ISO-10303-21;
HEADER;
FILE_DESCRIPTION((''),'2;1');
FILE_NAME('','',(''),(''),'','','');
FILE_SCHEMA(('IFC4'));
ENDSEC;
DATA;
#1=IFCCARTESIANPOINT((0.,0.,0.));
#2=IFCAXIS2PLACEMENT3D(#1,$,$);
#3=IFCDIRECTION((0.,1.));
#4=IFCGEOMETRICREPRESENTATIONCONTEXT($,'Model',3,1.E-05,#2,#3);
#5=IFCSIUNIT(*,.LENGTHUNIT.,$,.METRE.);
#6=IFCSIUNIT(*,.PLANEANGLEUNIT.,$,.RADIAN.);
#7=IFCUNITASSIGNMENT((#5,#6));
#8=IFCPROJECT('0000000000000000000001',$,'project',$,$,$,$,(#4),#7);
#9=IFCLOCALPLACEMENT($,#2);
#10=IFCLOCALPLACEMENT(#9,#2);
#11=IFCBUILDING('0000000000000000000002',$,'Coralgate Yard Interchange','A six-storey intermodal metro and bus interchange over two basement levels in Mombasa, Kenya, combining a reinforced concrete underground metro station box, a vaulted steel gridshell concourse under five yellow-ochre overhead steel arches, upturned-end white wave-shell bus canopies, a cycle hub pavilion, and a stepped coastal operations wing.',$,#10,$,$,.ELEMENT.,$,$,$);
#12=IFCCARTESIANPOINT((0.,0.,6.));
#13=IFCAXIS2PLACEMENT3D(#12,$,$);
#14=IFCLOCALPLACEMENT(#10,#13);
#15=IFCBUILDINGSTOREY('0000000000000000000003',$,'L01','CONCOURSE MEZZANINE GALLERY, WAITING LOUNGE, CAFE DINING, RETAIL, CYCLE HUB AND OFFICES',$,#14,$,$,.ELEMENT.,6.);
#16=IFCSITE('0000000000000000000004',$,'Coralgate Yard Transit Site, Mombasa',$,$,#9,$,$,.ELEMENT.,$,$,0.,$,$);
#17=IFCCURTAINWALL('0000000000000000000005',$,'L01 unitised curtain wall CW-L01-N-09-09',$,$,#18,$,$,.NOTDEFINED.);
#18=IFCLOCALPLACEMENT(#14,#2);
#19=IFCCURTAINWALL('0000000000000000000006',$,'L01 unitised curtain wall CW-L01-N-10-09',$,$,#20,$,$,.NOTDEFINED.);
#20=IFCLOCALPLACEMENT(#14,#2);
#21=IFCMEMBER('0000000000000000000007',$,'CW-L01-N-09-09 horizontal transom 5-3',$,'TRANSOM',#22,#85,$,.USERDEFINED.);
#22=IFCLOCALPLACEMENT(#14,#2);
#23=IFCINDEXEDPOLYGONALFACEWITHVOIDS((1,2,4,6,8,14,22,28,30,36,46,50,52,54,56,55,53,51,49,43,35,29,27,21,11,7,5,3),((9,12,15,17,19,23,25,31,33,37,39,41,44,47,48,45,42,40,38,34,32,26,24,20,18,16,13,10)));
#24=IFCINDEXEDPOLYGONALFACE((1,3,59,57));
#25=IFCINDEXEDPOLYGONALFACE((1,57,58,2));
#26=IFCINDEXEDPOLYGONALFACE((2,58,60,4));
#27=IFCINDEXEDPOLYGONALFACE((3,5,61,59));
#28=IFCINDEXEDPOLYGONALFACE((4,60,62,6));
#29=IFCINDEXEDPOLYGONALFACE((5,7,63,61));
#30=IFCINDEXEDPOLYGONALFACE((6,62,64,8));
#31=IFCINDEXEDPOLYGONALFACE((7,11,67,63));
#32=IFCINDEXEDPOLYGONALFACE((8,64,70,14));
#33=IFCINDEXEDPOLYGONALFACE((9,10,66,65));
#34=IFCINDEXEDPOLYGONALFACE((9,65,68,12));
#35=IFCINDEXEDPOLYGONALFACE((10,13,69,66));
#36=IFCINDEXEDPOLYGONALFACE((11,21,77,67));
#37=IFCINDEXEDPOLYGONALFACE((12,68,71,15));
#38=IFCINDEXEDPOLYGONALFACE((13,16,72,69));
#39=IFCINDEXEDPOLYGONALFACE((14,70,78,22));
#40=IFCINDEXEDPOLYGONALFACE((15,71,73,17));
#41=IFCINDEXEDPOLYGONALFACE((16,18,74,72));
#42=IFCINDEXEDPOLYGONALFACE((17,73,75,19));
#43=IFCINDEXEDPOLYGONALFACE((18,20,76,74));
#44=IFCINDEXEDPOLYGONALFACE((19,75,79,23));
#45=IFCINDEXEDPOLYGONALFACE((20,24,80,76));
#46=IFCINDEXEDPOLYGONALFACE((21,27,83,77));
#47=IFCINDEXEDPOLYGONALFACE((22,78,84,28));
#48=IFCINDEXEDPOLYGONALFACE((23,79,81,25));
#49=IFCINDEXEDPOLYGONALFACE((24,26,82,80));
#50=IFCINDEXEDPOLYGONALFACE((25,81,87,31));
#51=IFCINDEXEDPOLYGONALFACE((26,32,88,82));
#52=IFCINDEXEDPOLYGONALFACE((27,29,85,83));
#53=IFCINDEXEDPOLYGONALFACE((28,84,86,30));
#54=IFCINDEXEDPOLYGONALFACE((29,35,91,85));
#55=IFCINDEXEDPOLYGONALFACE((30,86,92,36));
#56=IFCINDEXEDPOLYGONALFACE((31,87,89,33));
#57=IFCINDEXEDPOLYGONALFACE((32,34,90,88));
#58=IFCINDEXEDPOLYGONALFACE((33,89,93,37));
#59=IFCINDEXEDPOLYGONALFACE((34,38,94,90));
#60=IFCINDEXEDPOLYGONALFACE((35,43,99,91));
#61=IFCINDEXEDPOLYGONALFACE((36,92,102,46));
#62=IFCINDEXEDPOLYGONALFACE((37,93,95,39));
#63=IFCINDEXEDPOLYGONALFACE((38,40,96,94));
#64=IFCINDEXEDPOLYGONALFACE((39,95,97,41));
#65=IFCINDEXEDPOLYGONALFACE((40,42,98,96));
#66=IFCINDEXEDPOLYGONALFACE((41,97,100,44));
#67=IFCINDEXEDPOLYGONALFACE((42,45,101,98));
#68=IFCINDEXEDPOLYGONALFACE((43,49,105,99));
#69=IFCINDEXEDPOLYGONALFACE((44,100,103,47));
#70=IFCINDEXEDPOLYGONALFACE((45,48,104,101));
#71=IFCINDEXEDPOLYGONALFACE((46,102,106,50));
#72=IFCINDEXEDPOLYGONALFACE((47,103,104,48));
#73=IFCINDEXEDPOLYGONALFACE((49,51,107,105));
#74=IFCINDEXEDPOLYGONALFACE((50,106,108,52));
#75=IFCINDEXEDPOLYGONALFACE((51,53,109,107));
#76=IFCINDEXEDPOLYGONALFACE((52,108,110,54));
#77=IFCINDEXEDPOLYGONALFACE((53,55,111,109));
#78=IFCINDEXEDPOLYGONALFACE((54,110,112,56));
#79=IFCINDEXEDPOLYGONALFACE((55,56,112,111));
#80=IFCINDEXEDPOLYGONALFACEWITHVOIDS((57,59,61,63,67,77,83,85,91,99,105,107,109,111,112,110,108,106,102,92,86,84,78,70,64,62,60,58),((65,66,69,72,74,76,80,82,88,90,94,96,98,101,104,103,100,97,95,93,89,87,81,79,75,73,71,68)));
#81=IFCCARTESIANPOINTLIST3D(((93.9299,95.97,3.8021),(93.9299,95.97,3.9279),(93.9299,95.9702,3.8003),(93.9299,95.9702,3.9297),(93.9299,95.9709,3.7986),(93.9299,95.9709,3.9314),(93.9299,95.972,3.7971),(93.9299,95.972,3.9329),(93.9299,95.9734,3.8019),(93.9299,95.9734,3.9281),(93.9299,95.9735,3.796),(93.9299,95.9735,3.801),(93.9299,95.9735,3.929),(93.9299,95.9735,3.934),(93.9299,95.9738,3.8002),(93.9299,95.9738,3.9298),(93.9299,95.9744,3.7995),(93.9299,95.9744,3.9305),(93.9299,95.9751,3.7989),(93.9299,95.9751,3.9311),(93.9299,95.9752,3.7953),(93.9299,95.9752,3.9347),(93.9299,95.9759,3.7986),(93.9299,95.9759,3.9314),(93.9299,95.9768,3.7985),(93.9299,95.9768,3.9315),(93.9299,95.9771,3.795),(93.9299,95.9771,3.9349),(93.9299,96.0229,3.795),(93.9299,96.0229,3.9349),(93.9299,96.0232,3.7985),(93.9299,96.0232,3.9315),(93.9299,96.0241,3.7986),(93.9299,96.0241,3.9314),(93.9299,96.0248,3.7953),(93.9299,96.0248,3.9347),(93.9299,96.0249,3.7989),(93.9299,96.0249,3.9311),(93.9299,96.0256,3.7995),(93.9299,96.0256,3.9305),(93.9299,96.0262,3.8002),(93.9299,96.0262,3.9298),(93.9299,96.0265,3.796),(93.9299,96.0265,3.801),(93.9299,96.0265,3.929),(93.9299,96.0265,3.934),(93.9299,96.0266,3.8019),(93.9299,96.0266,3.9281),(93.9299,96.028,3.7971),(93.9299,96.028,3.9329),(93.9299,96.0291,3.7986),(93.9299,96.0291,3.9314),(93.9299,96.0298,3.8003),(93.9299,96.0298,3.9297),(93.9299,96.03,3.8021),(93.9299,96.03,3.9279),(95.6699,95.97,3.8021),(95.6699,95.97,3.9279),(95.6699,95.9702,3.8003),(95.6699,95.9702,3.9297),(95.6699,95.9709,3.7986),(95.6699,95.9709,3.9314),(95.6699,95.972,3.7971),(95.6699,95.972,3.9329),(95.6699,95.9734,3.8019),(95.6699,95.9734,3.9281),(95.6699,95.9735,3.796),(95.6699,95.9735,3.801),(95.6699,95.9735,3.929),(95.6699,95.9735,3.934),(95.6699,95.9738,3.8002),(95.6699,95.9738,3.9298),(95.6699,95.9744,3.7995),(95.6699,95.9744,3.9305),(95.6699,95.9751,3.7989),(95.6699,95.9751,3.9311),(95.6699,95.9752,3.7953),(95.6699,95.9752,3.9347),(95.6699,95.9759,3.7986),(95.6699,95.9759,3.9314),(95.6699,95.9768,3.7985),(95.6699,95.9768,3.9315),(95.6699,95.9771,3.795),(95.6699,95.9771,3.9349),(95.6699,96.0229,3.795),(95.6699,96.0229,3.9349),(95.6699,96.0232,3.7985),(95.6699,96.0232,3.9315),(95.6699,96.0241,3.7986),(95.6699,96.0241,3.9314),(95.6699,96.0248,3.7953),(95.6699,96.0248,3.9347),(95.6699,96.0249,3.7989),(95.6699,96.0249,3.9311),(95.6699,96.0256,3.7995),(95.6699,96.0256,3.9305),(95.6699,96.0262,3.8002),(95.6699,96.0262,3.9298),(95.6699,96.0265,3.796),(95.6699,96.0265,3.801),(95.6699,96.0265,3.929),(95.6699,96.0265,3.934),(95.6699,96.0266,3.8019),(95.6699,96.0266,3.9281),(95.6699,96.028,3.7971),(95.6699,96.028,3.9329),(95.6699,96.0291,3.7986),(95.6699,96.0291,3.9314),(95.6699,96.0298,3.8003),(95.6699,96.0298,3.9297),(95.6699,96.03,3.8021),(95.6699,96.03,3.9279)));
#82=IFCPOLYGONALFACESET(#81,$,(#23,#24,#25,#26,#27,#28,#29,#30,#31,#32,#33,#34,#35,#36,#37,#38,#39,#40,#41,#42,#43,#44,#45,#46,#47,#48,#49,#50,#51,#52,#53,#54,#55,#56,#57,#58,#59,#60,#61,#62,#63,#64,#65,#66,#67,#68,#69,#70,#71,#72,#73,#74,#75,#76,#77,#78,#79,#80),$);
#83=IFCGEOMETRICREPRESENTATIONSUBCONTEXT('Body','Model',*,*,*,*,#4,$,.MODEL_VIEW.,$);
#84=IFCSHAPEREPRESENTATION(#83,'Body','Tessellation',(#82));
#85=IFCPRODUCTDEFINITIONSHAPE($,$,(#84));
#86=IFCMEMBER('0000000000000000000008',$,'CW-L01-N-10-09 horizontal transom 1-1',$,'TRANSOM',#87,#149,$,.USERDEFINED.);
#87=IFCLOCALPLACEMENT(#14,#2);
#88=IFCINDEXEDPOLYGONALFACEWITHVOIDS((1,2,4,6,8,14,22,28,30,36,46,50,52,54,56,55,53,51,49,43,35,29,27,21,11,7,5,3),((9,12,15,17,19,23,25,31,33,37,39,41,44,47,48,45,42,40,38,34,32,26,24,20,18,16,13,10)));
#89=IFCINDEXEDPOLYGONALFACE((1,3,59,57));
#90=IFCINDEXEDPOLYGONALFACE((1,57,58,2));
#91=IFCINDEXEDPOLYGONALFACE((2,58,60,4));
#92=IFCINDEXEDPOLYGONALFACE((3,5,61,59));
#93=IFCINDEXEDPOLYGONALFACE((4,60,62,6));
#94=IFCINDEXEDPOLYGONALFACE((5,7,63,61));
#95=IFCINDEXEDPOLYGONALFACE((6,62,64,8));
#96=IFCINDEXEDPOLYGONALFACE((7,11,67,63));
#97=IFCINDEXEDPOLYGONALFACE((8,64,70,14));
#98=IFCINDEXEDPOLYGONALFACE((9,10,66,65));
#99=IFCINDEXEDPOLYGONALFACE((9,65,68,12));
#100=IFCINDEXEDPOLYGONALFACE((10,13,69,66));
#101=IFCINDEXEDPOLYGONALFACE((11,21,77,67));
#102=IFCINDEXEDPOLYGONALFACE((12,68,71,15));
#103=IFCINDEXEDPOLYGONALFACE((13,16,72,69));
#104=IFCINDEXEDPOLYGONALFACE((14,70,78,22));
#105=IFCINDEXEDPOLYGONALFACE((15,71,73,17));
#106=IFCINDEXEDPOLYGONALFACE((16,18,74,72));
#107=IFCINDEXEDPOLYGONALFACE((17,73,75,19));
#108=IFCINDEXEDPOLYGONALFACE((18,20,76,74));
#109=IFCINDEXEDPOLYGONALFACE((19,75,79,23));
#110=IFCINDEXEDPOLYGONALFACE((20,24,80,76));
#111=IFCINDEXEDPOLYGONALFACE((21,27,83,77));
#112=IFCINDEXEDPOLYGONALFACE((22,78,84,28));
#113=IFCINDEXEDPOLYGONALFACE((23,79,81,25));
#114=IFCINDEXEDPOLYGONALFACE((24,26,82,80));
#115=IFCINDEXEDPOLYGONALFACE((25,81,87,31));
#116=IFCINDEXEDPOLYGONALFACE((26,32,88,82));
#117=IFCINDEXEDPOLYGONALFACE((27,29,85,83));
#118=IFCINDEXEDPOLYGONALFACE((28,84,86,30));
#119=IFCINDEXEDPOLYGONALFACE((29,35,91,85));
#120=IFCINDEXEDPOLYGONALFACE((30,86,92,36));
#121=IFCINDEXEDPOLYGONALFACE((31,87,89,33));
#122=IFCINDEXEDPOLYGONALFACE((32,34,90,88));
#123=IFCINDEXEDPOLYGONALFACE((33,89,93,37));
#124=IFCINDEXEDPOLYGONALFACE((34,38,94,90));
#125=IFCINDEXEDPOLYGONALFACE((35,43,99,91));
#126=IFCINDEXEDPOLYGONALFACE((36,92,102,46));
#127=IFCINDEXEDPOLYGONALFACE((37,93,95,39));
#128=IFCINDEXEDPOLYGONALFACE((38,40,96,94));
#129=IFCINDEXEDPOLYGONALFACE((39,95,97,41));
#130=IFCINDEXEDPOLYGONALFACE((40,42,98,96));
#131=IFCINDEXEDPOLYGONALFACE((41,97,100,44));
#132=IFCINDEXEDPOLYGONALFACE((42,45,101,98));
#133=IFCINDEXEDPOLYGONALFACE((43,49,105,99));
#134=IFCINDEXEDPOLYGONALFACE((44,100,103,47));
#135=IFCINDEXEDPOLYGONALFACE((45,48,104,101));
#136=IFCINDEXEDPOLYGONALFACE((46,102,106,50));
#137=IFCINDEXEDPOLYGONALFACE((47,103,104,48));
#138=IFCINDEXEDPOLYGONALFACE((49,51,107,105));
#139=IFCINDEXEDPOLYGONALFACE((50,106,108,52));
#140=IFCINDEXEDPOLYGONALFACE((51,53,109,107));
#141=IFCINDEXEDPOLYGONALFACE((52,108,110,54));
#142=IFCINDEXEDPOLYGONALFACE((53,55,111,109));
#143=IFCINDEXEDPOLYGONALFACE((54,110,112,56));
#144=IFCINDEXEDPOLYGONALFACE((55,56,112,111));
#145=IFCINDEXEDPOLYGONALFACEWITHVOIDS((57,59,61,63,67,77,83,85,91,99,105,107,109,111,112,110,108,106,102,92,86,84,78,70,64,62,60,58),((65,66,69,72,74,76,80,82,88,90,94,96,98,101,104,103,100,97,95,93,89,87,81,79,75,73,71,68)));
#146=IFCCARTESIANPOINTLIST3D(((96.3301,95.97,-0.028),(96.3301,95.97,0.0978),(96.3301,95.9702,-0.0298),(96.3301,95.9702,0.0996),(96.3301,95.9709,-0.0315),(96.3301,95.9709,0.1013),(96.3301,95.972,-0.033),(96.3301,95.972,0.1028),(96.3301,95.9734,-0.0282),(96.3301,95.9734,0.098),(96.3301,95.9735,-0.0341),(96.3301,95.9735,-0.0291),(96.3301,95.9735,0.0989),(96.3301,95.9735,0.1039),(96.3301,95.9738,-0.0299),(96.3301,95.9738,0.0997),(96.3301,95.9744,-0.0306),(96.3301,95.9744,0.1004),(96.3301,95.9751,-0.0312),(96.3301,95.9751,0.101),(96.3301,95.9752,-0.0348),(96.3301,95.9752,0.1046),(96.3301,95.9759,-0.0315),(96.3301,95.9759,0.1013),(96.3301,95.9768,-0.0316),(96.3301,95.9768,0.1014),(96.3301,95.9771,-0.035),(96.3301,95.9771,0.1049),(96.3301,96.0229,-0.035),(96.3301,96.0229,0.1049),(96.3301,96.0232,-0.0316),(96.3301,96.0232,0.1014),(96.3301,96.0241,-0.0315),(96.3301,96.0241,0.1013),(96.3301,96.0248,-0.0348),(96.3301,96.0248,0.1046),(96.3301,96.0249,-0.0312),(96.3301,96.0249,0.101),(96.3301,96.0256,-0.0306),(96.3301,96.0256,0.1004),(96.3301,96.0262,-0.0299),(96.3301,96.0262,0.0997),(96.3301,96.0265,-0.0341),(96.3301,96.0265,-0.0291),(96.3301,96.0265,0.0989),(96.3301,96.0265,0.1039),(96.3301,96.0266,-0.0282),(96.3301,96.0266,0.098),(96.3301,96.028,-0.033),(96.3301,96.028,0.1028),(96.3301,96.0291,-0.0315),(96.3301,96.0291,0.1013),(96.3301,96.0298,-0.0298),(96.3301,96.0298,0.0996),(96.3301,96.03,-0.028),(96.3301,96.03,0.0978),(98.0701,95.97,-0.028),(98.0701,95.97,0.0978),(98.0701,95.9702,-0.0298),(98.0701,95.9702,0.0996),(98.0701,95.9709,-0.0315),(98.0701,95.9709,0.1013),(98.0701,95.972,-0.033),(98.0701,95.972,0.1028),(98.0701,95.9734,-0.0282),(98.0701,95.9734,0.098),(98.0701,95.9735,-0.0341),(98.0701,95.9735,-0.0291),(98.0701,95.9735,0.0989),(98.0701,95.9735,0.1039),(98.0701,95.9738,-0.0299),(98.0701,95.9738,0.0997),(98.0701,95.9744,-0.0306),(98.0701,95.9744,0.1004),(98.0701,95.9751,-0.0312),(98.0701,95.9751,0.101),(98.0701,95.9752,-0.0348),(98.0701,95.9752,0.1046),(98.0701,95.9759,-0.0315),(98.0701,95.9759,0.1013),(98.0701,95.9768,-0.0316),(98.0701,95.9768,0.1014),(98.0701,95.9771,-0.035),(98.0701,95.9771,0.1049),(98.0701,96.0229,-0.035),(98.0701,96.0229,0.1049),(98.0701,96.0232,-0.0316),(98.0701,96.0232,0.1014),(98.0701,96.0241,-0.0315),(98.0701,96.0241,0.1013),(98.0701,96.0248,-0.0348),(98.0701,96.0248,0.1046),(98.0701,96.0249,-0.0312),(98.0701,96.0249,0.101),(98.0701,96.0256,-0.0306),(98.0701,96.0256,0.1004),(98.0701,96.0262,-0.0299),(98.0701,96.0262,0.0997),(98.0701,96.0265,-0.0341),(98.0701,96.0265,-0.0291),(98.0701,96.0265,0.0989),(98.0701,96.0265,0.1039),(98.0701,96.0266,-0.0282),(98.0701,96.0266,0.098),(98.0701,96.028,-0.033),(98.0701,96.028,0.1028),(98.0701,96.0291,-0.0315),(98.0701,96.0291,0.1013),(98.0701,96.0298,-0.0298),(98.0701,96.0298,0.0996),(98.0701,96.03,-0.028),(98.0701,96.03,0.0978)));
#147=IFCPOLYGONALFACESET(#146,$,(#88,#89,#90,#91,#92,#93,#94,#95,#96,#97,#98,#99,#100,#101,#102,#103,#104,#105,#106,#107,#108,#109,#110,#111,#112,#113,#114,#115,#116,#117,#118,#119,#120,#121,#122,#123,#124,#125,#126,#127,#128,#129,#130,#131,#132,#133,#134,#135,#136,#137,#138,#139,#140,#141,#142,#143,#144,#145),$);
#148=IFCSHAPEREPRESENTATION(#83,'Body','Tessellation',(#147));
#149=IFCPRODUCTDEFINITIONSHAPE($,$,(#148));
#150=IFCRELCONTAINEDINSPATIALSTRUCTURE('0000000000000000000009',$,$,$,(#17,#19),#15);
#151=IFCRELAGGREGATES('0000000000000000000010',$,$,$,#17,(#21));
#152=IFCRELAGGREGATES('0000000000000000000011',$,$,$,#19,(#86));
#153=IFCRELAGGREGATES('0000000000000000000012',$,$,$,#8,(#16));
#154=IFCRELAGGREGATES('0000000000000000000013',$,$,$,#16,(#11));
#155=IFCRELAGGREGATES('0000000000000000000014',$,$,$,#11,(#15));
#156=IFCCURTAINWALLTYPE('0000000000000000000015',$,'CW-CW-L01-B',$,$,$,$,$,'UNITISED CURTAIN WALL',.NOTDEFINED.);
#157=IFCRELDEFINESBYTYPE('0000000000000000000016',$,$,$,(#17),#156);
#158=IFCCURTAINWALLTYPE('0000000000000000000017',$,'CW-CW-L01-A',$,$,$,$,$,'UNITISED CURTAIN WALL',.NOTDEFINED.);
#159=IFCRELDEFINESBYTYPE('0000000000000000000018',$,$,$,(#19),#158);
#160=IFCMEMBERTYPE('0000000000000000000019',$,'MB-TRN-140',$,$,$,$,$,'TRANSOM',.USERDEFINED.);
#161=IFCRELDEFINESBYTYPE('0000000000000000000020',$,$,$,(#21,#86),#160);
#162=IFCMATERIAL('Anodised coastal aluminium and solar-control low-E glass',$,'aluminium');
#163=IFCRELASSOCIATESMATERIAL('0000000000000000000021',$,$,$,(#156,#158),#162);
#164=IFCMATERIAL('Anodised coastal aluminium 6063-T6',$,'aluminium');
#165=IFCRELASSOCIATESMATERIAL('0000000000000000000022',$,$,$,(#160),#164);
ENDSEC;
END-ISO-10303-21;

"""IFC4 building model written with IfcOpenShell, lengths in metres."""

from ifc_helpers import new_model, si_unit, direction, frame, origin, origin_2d, place, context, subcontext, project, spatial, hollow_rectangle, extrude, material, material_profile, profile_set, type_object, element, aggregate, save


model = new_model("IFC4")

# Units and contexts
model_context = context("Model", 3, precision=1e-05, world=origin(), true_north=direction((0.0, 1.0)))
body_context = subcontext(model_context, "Body", "Model", "MODEL_VIEW")
ifc_project = project(units=[si_unit("LENGTHUNIT", "METRE"), si_unit("PLANEANGLEUNIT", "RADIAN")], contexts=[model_context])

# Site, building, storey
site_placement = place(None, origin())
site = spatial("IfcSite", under=ifc_project, at=site_placement, Name="Coralgate Yard Transit Site, Mombasa", CompositionType="ELEMENT", RefElevation=0.0)
building_placement = place(site_placement, origin())
building = spatial("IfcBuilding", under=site, at=building_placement, Name="Coralgate Yard Interchange", Description="A six-storey intermodal metro and bus interchange over two basement levels in Mombasa, Kenya, combining a reinforced concrete underground metro station box, a vaulted steel gridshell concourse under five yellow-ochre overhead steel arches, upturned-end white wave-shell bus canopies, a cycle hub pavilion, and a stepped coastal operations wing.", CompositionType="ELEMENT")
storey_placement = place(building_placement, frame((0.0, 0.0, 6.0)))
storey = spatial("IfcBuildingStorey", under=building, at=storey_placement, Name="L01", Description="CONCOURSE MEZZANINE GALLERY, WAITING LOUNGE, CAFE DINING, RETAIL, CYCLE HUB AND OFFICES", CompositionType="ELEMENT", Elevation=6.0)

# Curtain walls
ifc_material_1 = material(Name="Anodised coastal aluminium and solar-control low-E glass", Category="aluminium")
curtain_wall_type_1 = type_object("IfcCurtainWallType", Name="CW-CW-L01-B", ElementType="UNITISED CURTAIN WALL", PredefinedType="NOTDEFINED", material=ifc_material_1)
curtain_wall_1_placement = place(storey_placement, origin())
curtain_wall_1 = element("IfcCurtainWall", 1, at=curtain_wall_1_placement, inside=storey, type_object=curtain_wall_type_1, Name="L01 unitised curtain wall CW-L01-N-09-09", PredefinedType="NOTDEFINED")
ifc_material_2 = material(Name="Anodised coastal aluminium 6063-T6", Category="aluminium")
curtain_wall_type_2 = type_object("IfcCurtainWallType", Name="CW-CW-L01-A", ElementType="UNITISED CURTAIN WALL", PredefinedType="NOTDEFINED", material=ifc_material_1)
curtain_wall_2_placement = place(storey_placement, origin())
curtain_wall_2 = element("IfcCurtainWall", 2, at=curtain_wall_2_placement, inside=storey, type_object=curtain_wall_type_2, Name="L01 unitised curtain wall CW-L01-N-10-09", PredefinedType="NOTDEFINED")

# Members
ifc_material_profile_1 = material_profile(ifc_material_2, hollow_rectangle(XDim=0.0601, YDim=0.1399, WallThickness=0.0034, InnerFilletRadius=0.0034, OuterFilletRadius=0.0071, at=origin_2d()), Name="ALU 60x140x3.5")
ifc_profile_set_1 = profile_set([ifc_material_profile_1], Name="Anodised coastal aluminium 6063-T6")
member_type_1 = type_object("IfcMemberType", Name="MB-TRN-140", ElementType="TRANSOM", PredefinedType="USERDEFINED", material=ifc_profile_set_1)
member_1_placement = place(storey_placement, frame((93.9299, 96.0, 3.865), z_axis=(1.0, 0.0, 0.0), x_axis=(0.0, 1.0, 0.0)))
member_1 = element("IfcMember", 3, at=member_1_placement, type_object=member_type_1, Name="CW-L01-N-09-09 horizontal transom 5-3", ObjectType="TRANSOM", PredefinedType="USERDEFINED", context=body_context, shape_type="SweptSolid", body=[
    extrude(hollow_rectangle(XDim=0.0601, YDim=0.1399, WallThickness=0.0034, InnerFilletRadius=0.0034, OuterFilletRadius=0.0071, at=origin_2d()), origin(), (0.0, 0.0, 1.0), 1.74),
])
member_2_placement = place(storey_placement, frame((96.3301, 96.0, 0.0349), z_axis=(1.0, 0.0, 0.0), x_axis=(0.0, 1.0, 0.0)))
member_2 = element("IfcMember", 4, at=member_2_placement, type_object=member_type_1, Name="CW-L01-N-10-09 horizontal transom 1-1", ObjectType="TRANSOM", PredefinedType="USERDEFINED", context=body_context, shape_type="SweptSolid", body=[
    extrude(hollow_rectangle(XDim=0.0601, YDim=0.1399, WallThickness=0.0034, InnerFilletRadius=0.0034, OuterFilletRadius=0.0071, at=origin_2d()), origin(), (0.0, 0.0, 1.0), 1.74),
])

aggregate(curtain_wall_1, [member_1])
aggregate(curtain_wall_2, [member_2])

save(model, "model.ifc")
